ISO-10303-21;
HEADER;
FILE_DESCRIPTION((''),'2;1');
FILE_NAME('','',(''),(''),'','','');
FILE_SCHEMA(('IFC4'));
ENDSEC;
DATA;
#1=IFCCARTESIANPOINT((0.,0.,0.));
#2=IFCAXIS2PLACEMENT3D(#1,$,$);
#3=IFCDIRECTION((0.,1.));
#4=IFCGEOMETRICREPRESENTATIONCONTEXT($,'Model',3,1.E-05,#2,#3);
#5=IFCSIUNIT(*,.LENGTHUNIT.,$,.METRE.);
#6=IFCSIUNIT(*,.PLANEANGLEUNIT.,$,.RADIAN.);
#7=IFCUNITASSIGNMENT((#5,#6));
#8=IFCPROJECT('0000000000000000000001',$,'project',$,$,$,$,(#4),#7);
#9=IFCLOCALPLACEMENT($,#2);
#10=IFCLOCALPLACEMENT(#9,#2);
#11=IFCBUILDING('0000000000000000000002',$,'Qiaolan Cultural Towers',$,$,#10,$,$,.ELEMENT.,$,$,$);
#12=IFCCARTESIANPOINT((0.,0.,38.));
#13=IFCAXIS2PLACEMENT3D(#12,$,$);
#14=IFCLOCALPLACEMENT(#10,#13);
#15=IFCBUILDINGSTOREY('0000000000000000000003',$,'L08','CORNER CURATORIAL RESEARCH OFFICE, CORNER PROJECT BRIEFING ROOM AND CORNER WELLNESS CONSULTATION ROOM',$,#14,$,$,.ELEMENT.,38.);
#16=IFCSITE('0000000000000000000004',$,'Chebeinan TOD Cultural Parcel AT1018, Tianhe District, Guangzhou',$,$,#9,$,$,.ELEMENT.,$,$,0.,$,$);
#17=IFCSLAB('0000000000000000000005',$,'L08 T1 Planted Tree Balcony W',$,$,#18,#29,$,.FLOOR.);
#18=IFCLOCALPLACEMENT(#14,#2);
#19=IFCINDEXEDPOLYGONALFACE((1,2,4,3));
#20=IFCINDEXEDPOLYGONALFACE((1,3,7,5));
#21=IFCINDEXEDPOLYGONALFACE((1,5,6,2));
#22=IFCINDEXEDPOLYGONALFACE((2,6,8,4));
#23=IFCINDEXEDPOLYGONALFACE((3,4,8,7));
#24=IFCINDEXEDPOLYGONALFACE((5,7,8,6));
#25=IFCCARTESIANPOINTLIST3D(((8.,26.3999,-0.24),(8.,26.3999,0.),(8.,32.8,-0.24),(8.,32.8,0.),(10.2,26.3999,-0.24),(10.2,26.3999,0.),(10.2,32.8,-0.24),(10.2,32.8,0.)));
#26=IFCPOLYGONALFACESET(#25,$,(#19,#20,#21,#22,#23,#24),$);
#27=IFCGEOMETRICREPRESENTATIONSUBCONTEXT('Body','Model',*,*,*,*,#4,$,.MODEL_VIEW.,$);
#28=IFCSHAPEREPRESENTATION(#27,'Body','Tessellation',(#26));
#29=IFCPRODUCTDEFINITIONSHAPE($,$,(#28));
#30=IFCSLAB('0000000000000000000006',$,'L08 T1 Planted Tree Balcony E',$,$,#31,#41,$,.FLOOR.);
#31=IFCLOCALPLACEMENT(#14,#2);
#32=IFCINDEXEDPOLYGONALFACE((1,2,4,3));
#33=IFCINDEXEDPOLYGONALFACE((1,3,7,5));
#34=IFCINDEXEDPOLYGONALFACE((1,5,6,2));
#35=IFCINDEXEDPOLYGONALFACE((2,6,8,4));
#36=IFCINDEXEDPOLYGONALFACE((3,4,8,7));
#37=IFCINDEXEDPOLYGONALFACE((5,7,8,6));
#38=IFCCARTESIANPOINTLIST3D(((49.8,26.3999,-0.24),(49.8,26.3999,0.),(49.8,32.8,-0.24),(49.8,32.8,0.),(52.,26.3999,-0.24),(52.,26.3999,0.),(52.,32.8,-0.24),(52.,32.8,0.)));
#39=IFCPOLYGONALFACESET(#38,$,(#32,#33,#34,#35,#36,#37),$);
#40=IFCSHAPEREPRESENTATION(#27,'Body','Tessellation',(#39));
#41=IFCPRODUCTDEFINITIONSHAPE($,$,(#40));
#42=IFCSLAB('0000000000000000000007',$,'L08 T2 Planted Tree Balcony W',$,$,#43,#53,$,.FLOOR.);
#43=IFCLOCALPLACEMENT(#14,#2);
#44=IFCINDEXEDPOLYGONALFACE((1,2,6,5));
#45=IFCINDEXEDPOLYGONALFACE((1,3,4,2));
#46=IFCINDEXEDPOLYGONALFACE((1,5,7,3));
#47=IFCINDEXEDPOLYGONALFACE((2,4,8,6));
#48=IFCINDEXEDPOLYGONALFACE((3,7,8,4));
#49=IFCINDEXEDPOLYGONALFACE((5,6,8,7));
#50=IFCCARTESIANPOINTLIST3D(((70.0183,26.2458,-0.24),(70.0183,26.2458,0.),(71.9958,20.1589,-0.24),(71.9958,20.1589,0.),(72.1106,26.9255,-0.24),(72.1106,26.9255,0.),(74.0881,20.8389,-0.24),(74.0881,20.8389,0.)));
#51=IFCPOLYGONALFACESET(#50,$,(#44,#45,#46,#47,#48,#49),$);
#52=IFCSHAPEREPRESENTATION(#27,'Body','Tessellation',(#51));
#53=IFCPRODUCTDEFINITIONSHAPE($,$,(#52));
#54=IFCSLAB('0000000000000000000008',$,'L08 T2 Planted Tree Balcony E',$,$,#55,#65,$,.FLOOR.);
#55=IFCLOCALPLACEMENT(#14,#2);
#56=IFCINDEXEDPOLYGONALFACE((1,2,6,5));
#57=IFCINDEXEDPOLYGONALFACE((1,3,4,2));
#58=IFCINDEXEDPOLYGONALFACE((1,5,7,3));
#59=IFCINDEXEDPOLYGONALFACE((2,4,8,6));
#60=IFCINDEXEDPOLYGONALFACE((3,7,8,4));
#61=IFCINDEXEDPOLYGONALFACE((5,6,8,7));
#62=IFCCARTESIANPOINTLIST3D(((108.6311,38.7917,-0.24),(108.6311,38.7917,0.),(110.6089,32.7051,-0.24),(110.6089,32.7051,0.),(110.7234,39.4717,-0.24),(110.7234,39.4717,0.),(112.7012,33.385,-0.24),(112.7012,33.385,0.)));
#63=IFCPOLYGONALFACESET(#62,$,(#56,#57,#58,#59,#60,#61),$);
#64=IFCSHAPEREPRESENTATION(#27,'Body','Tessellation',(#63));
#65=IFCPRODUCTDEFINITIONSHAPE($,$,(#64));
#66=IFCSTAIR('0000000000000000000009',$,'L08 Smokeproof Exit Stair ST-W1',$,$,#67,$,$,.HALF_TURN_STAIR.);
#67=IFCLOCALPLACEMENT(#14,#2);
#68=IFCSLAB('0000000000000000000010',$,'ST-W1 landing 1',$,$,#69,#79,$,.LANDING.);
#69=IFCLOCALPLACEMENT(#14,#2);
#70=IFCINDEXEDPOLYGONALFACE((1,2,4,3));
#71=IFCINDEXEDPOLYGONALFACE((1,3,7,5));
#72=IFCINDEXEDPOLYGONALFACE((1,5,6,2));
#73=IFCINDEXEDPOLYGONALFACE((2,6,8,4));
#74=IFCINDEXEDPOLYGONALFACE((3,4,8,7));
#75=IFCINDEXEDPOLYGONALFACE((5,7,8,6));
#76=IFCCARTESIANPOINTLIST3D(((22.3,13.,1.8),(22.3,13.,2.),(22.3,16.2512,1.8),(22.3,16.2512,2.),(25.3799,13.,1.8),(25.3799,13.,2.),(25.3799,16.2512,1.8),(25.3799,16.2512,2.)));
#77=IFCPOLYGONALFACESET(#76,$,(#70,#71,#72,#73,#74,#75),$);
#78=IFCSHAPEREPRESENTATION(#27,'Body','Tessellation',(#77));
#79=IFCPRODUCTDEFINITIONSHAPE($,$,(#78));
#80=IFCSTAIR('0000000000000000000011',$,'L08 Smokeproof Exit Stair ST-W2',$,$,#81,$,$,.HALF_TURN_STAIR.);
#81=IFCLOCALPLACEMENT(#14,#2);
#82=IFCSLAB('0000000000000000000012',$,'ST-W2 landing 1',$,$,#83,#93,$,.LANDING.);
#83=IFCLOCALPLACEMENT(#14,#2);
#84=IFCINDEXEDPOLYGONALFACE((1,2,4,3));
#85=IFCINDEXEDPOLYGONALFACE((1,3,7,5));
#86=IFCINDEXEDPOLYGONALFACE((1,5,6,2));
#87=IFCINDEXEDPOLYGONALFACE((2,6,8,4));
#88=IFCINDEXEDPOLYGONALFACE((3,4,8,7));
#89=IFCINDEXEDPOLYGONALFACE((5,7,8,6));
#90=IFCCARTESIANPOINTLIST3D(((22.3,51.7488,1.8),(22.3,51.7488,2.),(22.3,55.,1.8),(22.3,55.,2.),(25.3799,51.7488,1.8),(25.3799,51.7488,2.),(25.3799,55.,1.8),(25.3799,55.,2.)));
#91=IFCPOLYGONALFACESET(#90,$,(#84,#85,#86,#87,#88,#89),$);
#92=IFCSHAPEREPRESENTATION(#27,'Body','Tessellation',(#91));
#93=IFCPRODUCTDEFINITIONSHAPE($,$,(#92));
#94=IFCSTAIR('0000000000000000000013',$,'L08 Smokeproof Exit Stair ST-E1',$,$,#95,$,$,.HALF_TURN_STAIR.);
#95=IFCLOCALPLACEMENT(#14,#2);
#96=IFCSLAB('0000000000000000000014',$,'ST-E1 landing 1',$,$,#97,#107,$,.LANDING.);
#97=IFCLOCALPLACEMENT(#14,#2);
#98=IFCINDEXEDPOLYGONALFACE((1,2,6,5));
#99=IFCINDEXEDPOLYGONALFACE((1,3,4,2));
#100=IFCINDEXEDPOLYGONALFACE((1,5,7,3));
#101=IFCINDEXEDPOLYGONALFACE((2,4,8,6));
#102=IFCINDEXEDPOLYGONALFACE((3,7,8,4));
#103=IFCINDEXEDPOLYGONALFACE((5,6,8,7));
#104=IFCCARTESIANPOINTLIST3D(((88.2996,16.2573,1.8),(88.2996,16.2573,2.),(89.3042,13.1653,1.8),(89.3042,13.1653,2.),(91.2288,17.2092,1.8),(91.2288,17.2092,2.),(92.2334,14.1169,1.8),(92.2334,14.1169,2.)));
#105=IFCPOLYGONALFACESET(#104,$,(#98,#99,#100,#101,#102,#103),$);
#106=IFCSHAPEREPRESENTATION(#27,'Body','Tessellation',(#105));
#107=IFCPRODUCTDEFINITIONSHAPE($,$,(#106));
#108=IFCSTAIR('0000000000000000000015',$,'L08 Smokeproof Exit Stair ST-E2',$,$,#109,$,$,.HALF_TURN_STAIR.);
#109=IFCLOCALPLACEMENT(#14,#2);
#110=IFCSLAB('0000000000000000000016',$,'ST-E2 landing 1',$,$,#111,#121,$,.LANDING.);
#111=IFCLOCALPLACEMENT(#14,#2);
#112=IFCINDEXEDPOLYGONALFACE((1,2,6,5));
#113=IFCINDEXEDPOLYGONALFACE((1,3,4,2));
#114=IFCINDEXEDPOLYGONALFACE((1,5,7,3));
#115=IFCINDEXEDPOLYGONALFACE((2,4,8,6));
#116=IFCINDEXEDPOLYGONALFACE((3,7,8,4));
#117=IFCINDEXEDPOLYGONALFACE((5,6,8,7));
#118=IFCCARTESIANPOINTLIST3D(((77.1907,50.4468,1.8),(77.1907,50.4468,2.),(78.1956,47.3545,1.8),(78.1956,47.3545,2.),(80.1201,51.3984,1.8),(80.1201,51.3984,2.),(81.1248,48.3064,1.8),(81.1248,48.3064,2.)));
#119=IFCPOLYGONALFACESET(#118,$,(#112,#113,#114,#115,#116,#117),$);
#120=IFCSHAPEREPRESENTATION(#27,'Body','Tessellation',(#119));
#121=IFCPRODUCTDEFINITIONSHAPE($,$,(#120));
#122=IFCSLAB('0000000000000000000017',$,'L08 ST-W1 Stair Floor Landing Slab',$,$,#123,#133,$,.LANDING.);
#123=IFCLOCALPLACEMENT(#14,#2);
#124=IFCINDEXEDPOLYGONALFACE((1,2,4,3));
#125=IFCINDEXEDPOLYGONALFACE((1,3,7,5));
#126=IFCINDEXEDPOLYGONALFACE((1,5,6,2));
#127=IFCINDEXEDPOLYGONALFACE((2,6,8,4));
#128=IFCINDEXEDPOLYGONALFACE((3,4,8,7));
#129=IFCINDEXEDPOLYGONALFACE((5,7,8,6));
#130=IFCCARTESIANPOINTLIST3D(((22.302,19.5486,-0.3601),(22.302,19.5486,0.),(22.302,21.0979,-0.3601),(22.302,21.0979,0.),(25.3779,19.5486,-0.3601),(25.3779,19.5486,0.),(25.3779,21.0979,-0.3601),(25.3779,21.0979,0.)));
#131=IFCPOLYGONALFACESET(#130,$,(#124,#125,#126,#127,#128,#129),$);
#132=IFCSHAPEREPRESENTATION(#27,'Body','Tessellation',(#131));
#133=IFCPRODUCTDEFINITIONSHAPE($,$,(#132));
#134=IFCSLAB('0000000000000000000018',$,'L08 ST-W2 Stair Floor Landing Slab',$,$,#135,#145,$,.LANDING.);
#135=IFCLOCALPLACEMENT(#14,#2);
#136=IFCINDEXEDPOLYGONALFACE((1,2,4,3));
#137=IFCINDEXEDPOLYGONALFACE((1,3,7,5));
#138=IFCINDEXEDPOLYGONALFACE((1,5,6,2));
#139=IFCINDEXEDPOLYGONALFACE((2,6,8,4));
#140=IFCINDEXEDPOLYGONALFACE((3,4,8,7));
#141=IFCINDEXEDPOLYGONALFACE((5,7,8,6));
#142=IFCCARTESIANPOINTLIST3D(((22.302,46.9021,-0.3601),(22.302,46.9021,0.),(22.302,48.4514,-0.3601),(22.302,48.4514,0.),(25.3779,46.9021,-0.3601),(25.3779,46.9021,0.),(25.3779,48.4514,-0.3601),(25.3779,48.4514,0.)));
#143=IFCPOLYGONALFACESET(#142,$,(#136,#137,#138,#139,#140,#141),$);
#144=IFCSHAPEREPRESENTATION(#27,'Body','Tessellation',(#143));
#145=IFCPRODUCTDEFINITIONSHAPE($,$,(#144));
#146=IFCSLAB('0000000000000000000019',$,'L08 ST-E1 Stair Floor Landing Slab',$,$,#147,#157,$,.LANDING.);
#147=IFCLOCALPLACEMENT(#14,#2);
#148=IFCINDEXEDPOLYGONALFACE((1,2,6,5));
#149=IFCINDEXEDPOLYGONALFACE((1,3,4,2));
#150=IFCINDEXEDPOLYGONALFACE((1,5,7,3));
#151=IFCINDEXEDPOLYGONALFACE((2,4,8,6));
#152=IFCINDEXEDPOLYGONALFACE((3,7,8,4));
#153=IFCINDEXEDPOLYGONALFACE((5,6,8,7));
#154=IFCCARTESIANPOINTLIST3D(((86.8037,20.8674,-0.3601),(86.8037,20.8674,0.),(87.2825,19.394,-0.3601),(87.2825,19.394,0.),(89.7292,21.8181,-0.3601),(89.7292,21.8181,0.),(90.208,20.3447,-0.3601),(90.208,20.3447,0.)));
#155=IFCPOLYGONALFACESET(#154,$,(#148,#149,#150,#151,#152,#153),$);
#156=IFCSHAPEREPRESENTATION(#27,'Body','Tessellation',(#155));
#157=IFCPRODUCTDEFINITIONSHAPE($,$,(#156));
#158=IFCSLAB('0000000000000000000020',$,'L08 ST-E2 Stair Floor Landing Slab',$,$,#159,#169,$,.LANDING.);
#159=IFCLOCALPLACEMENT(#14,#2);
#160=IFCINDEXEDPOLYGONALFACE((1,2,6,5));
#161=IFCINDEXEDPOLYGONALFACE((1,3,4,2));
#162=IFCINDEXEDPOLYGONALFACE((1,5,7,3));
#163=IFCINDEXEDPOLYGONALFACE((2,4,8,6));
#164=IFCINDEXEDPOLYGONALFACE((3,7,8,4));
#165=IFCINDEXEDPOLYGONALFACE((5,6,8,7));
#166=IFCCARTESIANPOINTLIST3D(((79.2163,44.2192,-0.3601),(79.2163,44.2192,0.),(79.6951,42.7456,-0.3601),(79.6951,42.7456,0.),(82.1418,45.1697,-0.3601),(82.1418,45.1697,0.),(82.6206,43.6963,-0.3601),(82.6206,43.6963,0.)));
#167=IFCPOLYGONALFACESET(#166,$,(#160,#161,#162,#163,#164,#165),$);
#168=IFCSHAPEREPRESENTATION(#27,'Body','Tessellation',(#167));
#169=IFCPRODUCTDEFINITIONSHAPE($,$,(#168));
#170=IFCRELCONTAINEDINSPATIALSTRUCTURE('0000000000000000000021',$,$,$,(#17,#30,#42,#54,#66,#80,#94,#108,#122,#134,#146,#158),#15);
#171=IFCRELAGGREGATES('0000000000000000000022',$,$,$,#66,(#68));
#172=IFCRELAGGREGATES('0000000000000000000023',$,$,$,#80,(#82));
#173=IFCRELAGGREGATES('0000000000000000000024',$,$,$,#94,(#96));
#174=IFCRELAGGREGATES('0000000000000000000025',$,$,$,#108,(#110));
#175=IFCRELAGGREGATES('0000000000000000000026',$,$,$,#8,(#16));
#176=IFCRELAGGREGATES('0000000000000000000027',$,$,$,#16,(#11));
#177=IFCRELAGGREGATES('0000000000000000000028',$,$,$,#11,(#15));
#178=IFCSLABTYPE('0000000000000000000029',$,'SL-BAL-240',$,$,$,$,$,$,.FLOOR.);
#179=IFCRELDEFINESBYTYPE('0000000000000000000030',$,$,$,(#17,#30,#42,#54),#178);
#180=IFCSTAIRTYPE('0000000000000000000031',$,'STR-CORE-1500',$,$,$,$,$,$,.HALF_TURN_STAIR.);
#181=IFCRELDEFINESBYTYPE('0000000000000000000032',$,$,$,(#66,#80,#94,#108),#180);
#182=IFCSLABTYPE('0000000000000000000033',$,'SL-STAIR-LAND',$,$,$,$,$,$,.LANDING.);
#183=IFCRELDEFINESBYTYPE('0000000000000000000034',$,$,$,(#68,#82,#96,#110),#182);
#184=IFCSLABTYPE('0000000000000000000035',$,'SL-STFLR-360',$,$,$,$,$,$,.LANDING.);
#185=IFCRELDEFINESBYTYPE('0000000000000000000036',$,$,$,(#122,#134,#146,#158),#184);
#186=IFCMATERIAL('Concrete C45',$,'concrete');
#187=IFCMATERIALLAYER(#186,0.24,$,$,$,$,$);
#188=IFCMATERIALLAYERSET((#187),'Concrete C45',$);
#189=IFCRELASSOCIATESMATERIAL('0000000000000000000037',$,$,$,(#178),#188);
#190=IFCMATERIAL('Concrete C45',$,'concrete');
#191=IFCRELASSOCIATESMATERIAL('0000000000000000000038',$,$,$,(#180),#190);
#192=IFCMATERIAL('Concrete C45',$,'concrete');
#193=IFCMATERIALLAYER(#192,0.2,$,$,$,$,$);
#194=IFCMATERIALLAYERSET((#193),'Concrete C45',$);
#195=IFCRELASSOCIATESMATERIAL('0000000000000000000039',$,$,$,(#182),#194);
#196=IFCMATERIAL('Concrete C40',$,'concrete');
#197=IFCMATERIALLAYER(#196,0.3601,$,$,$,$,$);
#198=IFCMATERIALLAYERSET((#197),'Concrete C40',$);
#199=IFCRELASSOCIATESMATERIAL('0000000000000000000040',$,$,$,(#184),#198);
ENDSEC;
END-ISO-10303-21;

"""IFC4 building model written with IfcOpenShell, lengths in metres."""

from ifc_helpers import new_model, si_unit, direction, frame, origin, place, context, subcontext, project, spatial, polyline, outline, extrude, material, layer, layer_set, type_object, element, aggregate, save


model = new_model("IFC4")

# Units and contexts
model_context = context("Model", 3, precision=1e-05, world=origin(), true_north=direction((0.0, 1.0)))
body_context = subcontext(model_context, "Body", "Model", "MODEL_VIEW")
ifc_project = project(units=[si_unit("LENGTHUNIT", "METRE"), si_unit("PLANEANGLEUNIT", "RADIAN")], contexts=[model_context])

# Site, building, storey
site_placement = place(None, origin())
site = spatial("IfcSite", under=ifc_project, at=site_placement, Name="Chebeinan TOD Cultural Parcel AT1018, Tianhe District, Guangzhou", CompositionType="ELEMENT", RefElevation=0.0)
building_placement = place(site_placement, origin())
building = spatial("IfcBuilding", under=site, at=building_placement, Name="Qiaolan Cultural Towers", CompositionType="ELEMENT")
storey_placement = place(building_placement, frame((0.0, 0.0, 38.0)))
storey = spatial("IfcBuildingStorey", under=building, at=storey_placement, Name="L08", Description="CORNER CURATORIAL RESEARCH OFFICE, CORNER PROJECT BRIEFING ROOM AND CORNER WELLNESS CONSULTATION ROOM", CompositionType="ELEMENT", Elevation=38.0)

# Slabs
ifc_material_1 = material(Name="Concrete C45", Category="concrete")
ifc_layer_1 = layer(ifc_material_1, 0.24)
ifc_layer_set_1 = layer_set([ifc_layer_1], Name="Concrete C45")
slab_type_1 = type_object("IfcSlabType", Name="SL-BAL-240", PredefinedType="FLOOR", material=ifc_layer_set_1)
slab_1_placement = place(storey_placement, frame((0.0, 0.0, -0.24)))
element("IfcSlab", 1, at=slab_1_placement, inside=storey, type_object=slab_type_1, Name="L08 T1 Planted Tree Balcony W", PredefinedType="FLOOR", context=body_context, shape_type="SweptSolid", body=[
    extrude(outline(polyline([(8.0, 26.3999), (10.2, 26.3999), (10.2, 32.8), (8.0, 32.8), (8.0, 26.3999)])), origin(), (0.0, 0.0, 1.0), 0.24),
])
slab_2_placement = place(storey_placement, frame((0.0, 0.0, -0.24)))
element("IfcSlab", 2, at=slab_2_placement, inside=storey, type_object=slab_type_1, Name="L08 T1 Planted Tree Balcony E", PredefinedType="FLOOR", context=body_context, shape_type="SweptSolid", body=[
    extrude(outline(polyline([(49.8, 26.3999), (52.0, 26.3999), (52.0, 32.8), (49.8, 32.8), (49.8, 26.3999)])), origin(), (0.0, 0.0, 1.0), 0.24),
])
slab_3_placement = place(storey_placement, frame((0.0, 0.0, -0.24)))
element("IfcSlab", 3, at=slab_3_placement, inside=storey, type_object=slab_type_1, Name="L08 T2 Planted Tree Balcony W", PredefinedType="FLOOR", context=body_context, shape_type="SweptSolid", body=[
    extrude(outline(polyline([(71.9958, 20.1589), (74.0881, 20.8389), (72.1106, 26.9255), (70.0183, 26.2458), (71.9958, 20.1589)])), origin(), (0.0, 0.0, 1.0), 0.24),
])
slab_4_placement = place(storey_placement, frame((0.0, 0.0, -0.24)))
element("IfcSlab", 4, at=slab_4_placement, inside=storey, type_object=slab_type_1, Name="L08 T2 Planted Tree Balcony E", PredefinedType="FLOOR", context=body_context, shape_type="SweptSolid", body=[
    extrude(outline(polyline([(110.6089, 32.7051), (112.7012, 33.385), (110.7234, 39.4717), (108.6311, 38.7917), (110.6089, 32.7051)])), origin(), (0.0, 0.0, 1.0), 0.24),
])

# Stairs, slabs
ifc_material_2 = material(Name="Concrete C45", Category="concrete")
stair_type = type_object("IfcStairType", Name="STR-CORE-1500", PredefinedType="HALF_TURN_STAIR", material=ifc_material_2)
stair_1_placement = place(storey_placement, origin())
stair_1 = element("IfcStair", 5, at=stair_1_placement, inside=storey, type_object=stair_type, Name="L08 Smokeproof Exit Stair ST-W1", PredefinedType="HALF_TURN_STAIR")
ifc_material_3 = material(Name="Concrete C45", Category="concrete")
ifc_layer_2 = layer(ifc_material_3, 0.2)
ifc_layer_set_2 = layer_set([ifc_layer_2], Name="Concrete C45")
slab_type_2 = type_object("IfcSlabType", Name="SL-STAIR-LAND", PredefinedType="LANDING", material=ifc_layer_set_2)
slab_5_placement = place(storey_placement, frame((0.0, 0.0, 1.8)))
slab_5 = element("IfcSlab", 6, at=slab_5_placement, type_object=slab_type_2, Name="ST-W1 landing 1", PredefinedType="LANDING", context=body_context, shape_type="SweptSolid", body=[
    extrude(outline(polyline([(22.3, 16.2512), (22.3, 13.0), (25.3799, 13.0), (25.3799, 16.2512), (22.3, 16.2512)])), origin(), (0.0, 0.0, 1.0), 0.2),
])
aggregate(stair_1, [slab_5])
stair_2_placement = place(storey_placement, origin())
stair_2 = element("IfcStair", 7, at=stair_2_placement, inside=storey, type_object=stair_type, Name="L08 Smokeproof Exit Stair ST-W2", PredefinedType="HALF_TURN_STAIR")
slab_6_placement = place(storey_placement, frame((0.0, 0.0, 1.8)))
slab_6 = element("IfcSlab", 8, at=slab_6_placement, type_object=slab_type_2, Name="ST-W2 landing 1", PredefinedType="LANDING", context=body_context, shape_type="SweptSolid", body=[
    extrude(outline(polyline([(25.3799, 51.7488), (25.3799, 55.0), (22.3, 55.0), (22.3, 51.7488), (25.3799, 51.7488)])), origin(), (0.0, 0.0, 1.0), 0.2),
])
aggregate(stair_2, [slab_6])
stair_3_placement = place(storey_placement, origin())
stair_3 = element("IfcStair", 9, at=stair_3_placement, inside=storey, type_object=stair_type, Name="L08 Smokeproof Exit Stair ST-E1", PredefinedType="HALF_TURN_STAIR")
slab_7_placement = place(storey_placement, frame((0.0, 0.0, 1.8)))
slab_7 = element("IfcSlab", 10, at=slab_7_placement, type_object=slab_type_2, Name="ST-E1 landing 1", PredefinedType="LANDING", context=body_context, shape_type="SweptSolid", body=[
    extrude(outline(polyline([(88.2996, 16.2573), (89.3042, 13.1653), (92.2334, 14.1169), (91.2288, 17.2092), (88.2996, 16.2573)])), origin(), (0.0, 0.0, 1.0), 0.2),
])
aggregate(stair_3, [slab_7])
stair_4_placement = place(storey_placement, origin())
stair_4 = element("IfcStair", 11, at=stair_4_placement, inside=storey, type_object=stair_type, Name="L08 Smokeproof Exit Stair ST-E2", PredefinedType="HALF_TURN_STAIR")
slab_8_placement = place(storey_placement, frame((0.0, 0.0, 1.8)))
slab_8 = element("IfcSlab", 12, at=slab_8_placement, type_object=slab_type_2, Name="ST-E2 landing 1", PredefinedType="LANDING", context=body_context, shape_type="SweptSolid", body=[
    extrude(outline(polyline([(81.1248, 48.3064), (80.1201, 51.3984), (77.1907, 50.4468), (78.1956, 47.3545), (81.1248, 48.3064)])), origin(), (0.0, 0.0, 1.0), 0.2),
])
aggregate(stair_4, [slab_8])

# Slabs
ifc_material_4 = material(Name="Concrete C40", Category="concrete")
ifc_layer_3 = layer(ifc_material_4, 0.3601)
ifc_layer_set_3 = layer_set([ifc_layer_3], Name="Concrete C40")
slab_type_3 = type_object("IfcSlabType", Name="SL-STFLR-360", PredefinedType="LANDING", material=ifc_layer_set_3)
slab_9_placement = place(storey_placement, frame((0.0, 0.0, -0.3601)))
element("IfcSlab", 13, at=slab_9_placement, inside=storey, type_object=slab_type_3, Name="L08 ST-W1 Stair Floor Landing Slab", PredefinedType="LANDING", context=body_context, shape_type="SweptSolid", body=[
    extrude(outline(polyline([(22.302, 21.0979), (22.302, 19.5486), (25.3779, 19.5486), (25.3779, 21.0979), (22.302, 21.0979)])), origin(), (0.0, 0.0, 1.0), 0.3601),
])
slab_10_placement = place(storey_placement, frame((0.0, 0.0, -0.3601)))
element("IfcSlab", 14, at=slab_10_placement, inside=storey, type_object=slab_type_3, Name="L08 ST-W2 Stair Floor Landing Slab", PredefinedType="LANDING", context=body_context, shape_type="SweptSolid", body=[
    extrude(outline(polyline([(25.3779, 46.9021), (25.3779, 48.4514), (22.302, 48.4514), (22.302, 46.9021), (25.3779, 46.9021)])), origin(), (0.0, 0.0, 1.0), 0.3601),
])
slab_11_placement = place(storey_placement, frame((0.0, 0.0, -0.3601)))
element("IfcSlab", 15, at=slab_11_placement, inside=storey, type_object=slab_type_3, Name="L08 ST-E1 Stair Floor Landing Slab", PredefinedType="LANDING", context=body_context, shape_type="SweptSolid", body=[
    extrude(outline(polyline([(86.8037, 20.8674), (87.2825, 19.394), (90.208, 20.3447), (89.7292, 21.8181), (86.8037, 20.8674)])), origin(), (0.0, 0.0, 1.0), 0.3601),
])
slab_12_placement = place(storey_placement, frame((0.0, 0.0, -0.3601)))
element("IfcSlab", 16, at=slab_12_placement, inside=storey, type_object=slab_type_3, Name="L08 ST-E2 Stair Floor Landing Slab", PredefinedType="LANDING", context=body_context, shape_type="SweptSolid", body=[
    extrude(outline(polyline([(82.6206, 43.6963), (82.1418, 45.1697), (79.2163, 44.2192), (79.6951, 42.7456), (82.6206, 43.6963)])), origin(), (0.0, 0.0, 1.0), 0.3601),
])

save(model, "model.ifc")
